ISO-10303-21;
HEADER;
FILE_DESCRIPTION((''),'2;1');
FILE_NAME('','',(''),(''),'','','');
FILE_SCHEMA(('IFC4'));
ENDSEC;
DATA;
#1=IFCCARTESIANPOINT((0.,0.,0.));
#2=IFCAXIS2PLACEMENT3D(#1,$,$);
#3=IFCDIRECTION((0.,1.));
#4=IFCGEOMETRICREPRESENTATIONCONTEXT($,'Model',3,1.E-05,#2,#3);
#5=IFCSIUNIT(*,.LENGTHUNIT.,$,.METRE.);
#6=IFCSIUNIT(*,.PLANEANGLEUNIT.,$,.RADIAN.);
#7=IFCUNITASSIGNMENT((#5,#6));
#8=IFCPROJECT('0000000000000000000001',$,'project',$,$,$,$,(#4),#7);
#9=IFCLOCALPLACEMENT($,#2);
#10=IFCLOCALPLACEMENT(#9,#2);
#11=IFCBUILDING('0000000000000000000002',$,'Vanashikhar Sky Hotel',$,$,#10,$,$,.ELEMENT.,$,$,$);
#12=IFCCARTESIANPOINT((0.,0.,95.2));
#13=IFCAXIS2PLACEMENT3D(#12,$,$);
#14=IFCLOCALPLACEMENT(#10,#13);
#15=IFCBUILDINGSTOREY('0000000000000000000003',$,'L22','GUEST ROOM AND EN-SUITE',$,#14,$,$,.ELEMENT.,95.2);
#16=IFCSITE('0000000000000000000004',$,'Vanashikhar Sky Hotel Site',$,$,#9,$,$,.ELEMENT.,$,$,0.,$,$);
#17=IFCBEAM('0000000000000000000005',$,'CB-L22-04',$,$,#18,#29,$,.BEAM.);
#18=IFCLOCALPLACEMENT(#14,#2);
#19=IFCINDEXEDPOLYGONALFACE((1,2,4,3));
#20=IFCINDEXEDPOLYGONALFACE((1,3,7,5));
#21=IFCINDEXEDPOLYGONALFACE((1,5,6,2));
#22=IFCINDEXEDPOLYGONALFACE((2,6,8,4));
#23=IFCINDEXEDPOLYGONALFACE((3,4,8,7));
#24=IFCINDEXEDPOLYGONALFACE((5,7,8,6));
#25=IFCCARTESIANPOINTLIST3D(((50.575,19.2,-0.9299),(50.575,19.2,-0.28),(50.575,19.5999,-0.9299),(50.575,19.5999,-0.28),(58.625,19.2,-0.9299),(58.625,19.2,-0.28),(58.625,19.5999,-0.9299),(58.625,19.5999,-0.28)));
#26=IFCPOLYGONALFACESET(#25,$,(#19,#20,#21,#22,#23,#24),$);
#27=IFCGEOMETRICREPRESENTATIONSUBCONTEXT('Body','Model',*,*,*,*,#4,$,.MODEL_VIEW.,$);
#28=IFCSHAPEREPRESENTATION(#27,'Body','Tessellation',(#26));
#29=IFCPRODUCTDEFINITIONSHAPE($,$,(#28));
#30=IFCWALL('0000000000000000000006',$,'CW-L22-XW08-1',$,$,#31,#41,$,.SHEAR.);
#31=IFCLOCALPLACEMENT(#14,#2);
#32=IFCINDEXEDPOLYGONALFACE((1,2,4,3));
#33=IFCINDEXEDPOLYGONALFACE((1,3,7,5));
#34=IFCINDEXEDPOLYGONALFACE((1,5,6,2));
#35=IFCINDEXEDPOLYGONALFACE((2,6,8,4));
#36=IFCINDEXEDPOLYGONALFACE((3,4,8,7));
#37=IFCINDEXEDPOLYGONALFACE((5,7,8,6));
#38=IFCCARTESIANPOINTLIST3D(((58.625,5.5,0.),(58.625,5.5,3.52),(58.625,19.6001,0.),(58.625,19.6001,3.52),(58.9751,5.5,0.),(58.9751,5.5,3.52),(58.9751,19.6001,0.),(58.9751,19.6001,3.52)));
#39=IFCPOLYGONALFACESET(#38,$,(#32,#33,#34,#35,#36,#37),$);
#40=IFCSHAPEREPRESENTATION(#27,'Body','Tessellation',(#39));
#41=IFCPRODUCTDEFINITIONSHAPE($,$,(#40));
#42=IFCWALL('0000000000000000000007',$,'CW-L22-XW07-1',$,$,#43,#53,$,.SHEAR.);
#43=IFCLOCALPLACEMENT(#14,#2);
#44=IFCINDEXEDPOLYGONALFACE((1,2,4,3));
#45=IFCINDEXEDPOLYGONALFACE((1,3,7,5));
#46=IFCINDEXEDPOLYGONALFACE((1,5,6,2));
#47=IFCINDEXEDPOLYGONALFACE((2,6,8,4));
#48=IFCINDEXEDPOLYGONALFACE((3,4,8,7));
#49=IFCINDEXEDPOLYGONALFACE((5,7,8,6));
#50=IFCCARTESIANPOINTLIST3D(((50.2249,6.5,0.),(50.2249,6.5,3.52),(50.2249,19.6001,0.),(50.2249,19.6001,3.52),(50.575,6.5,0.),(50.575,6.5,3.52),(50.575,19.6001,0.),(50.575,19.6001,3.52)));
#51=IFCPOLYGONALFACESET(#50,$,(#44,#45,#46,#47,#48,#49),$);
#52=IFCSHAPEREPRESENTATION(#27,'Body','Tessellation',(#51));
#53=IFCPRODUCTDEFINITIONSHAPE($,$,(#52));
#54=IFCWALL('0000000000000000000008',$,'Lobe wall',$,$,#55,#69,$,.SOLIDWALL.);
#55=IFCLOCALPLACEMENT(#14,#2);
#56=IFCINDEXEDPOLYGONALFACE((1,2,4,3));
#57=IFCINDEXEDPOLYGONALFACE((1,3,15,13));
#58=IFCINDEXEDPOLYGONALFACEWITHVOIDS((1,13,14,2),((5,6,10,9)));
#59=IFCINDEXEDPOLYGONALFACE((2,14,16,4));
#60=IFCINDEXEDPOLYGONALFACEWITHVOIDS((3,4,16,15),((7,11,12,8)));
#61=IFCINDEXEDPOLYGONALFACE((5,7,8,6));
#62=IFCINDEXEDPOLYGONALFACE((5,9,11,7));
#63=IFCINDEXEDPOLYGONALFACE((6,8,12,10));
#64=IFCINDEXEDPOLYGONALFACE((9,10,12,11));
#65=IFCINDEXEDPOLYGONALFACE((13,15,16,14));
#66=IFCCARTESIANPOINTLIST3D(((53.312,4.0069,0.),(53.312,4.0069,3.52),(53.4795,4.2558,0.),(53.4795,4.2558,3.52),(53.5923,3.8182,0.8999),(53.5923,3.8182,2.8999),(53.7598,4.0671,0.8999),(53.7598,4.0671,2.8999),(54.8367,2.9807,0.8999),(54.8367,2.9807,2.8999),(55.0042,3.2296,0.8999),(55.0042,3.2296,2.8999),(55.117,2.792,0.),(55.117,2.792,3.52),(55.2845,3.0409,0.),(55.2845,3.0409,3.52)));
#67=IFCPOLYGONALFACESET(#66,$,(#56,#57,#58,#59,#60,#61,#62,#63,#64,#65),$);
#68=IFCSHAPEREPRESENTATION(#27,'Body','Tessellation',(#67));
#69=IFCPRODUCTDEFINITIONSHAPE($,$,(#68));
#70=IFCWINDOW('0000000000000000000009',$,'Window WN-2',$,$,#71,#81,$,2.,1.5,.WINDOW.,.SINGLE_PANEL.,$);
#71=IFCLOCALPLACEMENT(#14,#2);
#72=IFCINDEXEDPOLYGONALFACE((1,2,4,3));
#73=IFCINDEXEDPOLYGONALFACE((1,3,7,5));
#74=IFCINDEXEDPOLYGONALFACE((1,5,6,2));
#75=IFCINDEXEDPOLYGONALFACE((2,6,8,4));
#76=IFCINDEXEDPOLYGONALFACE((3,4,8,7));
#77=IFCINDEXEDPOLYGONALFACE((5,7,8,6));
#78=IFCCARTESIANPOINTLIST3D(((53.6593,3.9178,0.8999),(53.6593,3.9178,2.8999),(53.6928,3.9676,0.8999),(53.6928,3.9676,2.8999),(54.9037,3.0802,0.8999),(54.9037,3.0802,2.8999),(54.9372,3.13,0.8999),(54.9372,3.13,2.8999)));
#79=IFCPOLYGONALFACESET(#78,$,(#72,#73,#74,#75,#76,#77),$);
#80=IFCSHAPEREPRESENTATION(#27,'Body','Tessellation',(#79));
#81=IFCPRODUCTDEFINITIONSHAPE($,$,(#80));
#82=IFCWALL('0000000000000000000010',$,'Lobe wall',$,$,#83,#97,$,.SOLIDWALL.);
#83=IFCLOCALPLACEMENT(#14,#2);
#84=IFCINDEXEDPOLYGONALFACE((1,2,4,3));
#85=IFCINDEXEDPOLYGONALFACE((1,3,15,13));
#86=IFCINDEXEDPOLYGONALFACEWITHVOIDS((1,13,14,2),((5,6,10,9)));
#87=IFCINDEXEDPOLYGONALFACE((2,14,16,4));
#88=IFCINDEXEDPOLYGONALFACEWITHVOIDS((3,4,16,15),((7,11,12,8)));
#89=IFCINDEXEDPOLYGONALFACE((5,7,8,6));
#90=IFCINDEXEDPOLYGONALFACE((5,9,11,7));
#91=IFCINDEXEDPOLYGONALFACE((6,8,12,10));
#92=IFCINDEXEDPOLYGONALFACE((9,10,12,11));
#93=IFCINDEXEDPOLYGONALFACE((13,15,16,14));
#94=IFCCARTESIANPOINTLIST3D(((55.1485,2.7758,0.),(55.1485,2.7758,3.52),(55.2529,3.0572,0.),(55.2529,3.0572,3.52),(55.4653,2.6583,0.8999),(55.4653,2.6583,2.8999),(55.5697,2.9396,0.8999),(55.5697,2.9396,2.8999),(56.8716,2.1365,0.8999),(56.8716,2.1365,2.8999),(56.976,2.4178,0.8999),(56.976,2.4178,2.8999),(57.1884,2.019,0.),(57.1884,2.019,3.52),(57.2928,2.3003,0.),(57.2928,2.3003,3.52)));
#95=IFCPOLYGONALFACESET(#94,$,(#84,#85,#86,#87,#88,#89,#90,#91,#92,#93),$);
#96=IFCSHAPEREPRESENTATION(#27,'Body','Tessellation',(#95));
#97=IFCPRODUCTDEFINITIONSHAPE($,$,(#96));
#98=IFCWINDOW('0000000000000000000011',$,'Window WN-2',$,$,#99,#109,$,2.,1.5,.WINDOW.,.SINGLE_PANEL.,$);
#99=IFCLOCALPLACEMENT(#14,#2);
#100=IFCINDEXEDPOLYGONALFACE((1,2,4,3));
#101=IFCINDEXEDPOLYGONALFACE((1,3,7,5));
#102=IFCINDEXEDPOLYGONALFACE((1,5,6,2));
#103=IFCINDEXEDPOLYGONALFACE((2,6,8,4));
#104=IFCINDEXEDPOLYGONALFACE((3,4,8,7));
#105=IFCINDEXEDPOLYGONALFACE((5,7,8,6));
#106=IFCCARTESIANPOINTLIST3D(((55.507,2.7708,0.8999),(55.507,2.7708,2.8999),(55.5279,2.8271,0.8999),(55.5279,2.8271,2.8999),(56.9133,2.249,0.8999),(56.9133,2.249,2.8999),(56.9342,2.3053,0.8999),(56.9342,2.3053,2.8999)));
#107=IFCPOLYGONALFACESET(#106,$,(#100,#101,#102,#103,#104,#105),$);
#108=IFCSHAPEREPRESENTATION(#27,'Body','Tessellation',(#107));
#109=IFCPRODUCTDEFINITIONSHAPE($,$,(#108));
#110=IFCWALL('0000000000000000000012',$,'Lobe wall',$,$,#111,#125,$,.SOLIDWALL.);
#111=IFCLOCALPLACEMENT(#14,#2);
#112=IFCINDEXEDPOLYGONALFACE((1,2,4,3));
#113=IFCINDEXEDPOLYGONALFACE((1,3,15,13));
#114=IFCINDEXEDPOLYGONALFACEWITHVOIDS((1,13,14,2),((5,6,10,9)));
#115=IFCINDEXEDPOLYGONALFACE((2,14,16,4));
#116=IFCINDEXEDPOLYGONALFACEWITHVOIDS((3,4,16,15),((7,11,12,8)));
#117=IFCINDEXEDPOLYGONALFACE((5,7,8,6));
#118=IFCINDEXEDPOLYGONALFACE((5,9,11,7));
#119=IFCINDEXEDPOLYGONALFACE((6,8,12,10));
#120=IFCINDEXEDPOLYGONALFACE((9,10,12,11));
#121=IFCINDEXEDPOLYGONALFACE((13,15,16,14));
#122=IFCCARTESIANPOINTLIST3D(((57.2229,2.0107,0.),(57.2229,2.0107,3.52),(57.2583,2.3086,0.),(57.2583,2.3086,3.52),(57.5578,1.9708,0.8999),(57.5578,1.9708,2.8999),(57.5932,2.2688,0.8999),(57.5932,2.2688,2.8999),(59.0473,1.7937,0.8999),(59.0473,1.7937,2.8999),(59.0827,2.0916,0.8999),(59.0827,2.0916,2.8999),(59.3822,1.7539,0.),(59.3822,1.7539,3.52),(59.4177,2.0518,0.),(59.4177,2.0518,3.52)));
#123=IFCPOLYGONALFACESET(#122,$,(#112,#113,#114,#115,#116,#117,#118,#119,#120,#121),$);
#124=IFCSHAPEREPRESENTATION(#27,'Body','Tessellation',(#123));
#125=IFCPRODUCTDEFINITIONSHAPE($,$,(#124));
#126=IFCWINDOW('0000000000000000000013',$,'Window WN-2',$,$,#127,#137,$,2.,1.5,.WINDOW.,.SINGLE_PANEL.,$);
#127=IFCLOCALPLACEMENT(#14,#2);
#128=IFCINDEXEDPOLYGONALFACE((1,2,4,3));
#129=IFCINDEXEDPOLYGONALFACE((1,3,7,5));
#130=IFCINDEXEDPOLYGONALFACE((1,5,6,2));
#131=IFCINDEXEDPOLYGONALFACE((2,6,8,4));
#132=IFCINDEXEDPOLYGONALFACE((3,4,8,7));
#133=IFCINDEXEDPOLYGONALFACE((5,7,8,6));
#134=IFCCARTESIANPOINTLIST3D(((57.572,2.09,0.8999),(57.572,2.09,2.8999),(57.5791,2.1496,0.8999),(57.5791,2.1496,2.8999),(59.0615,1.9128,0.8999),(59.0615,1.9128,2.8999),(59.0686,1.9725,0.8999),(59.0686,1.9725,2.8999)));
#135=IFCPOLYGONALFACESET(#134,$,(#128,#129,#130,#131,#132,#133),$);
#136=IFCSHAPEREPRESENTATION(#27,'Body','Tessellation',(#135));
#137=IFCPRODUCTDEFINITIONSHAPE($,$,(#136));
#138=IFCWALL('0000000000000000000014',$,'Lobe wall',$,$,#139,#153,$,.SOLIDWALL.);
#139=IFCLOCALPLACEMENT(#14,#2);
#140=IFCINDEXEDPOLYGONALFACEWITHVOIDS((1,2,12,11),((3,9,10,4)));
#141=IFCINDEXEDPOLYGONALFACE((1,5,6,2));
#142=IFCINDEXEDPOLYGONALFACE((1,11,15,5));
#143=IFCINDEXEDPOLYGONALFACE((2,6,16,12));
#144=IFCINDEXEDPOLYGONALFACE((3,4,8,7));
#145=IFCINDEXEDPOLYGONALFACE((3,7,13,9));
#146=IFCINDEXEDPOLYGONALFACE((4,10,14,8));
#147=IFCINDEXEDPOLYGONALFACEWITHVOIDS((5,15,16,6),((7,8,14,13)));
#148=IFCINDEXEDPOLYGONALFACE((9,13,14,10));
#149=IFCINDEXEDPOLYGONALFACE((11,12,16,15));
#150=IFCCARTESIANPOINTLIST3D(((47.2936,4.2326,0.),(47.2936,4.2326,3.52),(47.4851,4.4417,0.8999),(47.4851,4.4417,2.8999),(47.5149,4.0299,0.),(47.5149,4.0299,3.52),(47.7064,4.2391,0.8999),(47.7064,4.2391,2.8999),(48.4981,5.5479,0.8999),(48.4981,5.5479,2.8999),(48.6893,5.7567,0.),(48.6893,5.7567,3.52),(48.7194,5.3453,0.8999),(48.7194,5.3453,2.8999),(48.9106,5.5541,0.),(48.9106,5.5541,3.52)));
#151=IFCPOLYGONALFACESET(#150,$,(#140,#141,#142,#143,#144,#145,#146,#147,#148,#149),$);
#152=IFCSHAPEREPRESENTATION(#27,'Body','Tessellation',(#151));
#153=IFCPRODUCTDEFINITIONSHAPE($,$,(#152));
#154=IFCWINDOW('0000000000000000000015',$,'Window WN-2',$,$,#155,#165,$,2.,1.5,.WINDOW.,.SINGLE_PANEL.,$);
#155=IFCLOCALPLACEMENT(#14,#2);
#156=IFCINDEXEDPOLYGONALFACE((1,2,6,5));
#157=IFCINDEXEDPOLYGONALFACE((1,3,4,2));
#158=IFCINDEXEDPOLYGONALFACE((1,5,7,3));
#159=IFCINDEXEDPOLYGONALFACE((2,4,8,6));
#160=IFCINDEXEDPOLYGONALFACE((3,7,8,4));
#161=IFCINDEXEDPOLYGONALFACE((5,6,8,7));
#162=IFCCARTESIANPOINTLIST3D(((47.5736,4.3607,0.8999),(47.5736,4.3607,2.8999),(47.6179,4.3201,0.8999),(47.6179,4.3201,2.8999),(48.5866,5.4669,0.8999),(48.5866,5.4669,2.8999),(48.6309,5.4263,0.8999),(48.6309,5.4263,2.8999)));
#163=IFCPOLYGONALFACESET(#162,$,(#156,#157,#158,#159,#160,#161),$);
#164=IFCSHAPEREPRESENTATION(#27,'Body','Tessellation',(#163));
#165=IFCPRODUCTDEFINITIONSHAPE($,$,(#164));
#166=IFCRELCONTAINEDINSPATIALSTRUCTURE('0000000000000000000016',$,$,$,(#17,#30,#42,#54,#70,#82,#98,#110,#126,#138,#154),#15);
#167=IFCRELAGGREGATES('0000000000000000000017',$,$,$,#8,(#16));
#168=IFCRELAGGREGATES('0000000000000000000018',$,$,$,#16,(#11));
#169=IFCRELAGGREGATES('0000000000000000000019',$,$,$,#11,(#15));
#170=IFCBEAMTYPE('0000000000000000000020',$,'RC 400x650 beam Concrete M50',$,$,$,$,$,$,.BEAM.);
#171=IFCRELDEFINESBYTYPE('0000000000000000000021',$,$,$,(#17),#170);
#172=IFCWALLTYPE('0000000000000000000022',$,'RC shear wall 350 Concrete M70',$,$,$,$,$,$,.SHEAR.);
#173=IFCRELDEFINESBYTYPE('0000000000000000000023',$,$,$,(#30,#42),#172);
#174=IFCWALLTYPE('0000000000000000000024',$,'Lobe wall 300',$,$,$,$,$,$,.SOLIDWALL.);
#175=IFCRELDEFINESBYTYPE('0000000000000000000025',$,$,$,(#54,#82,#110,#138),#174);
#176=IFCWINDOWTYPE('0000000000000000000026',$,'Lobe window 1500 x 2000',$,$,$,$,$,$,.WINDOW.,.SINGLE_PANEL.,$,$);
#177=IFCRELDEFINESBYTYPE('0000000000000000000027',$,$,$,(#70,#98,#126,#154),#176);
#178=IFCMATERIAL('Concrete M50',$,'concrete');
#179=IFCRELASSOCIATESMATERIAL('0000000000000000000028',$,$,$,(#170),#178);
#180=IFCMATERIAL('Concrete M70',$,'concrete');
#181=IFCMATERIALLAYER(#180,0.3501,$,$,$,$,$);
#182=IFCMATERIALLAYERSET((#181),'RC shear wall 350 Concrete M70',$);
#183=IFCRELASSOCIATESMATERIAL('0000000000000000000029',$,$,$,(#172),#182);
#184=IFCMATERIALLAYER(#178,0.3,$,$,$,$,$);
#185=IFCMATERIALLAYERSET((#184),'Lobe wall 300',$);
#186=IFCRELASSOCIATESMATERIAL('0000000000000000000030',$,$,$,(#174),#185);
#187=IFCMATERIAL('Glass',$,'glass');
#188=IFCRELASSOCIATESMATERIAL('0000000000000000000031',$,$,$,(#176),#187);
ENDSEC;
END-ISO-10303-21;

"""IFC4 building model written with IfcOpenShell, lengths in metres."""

from ifc_helpers import new_model, si_unit, direction, frame, frame_2d, origin, origin_2d, place, context, subcontext, project, spatial, rectangle, extrude, source, transform, mapped, material, layer, layer_set, material_profile, profile_set, type_object, element, fill, save


model = new_model("IFC4")

# Units and contexts
model_context = context("Model", 3, precision=1e-05, world=origin(), true_north=direction((0.0, 1.0)))
body_context = subcontext(model_context, "Body", "Model", "MODEL_VIEW")
ifc_project = project(units=[si_unit("LENGTHUNIT", "METRE"), si_unit("PLANEANGLEUNIT", "RADIAN")], contexts=[model_context])

# Site, building, storey
site_placement = place(None, origin())
site = spatial("IfcSite", under=ifc_project, at=site_placement, Name="Vanashikhar Sky Hotel Site", CompositionType="ELEMENT", RefElevation=0.0)
building_placement = place(site_placement, origin())
building = spatial("IfcBuilding", under=site, at=building_placement, Name="Vanashikhar Sky Hotel", CompositionType="ELEMENT")
storey_placement = place(building_placement, frame((0.0, 0.0, 95.2)))
storey = spatial("IfcBuildingStorey", under=building, at=storey_placement, Name="L22", Description="GUEST ROOM AND EN-SUITE", CompositionType="ELEMENT", Elevation=95.2)

# Beam
ifc_material_1 = material(Name="Concrete M50", Category="concrete")
ifc_material_profile_1 = material_profile(ifc_material_1, rectangle(XDim=0.3999, YDim=0.6499, at=origin_2d()))
ifc_profile_set_1 = profile_set([ifc_material_profile_1], Name="RC 400x650 beam Concrete M50")
beam_type = type_object("IfcBeamType", Name="RC 400x650 beam Concrete M50", PredefinedType="BEAM", material=ifc_profile_set_1)
shared_shape_1 = source(origin(), body_context, "Body", "SweptSolid", [
    extrude(rectangle(XDim=0.3999, YDim=0.6499, at=origin_2d()), origin(), (0.0, 0.0, 1.0), 8.05),
])
beam_placement = place(storey_placement, frame((50.575, 19.3999, -0.605), z_axis=(1.0, 0.0, 0.0), x_axis=(0.0, 1.0, 0.0)))
element("IfcBeam", 1, at=beam_placement, inside=storey, type_object=beam_type, Name="CB-L22-04", PredefinedType="BEAM", context=body_context, shape_type="MappedRepresentation", body=[
    mapped(shared_shape_1, transform((0.0, 0.0, 0.0), scale=1.0)),
])

# Walls
ifc_material_2 = material(Name="Concrete M70", Category="concrete")
ifc_layer_1 = layer(ifc_material_2, 0.3501)
ifc_layer_set_1 = layer_set([ifc_layer_1], Name="RC shear wall 350 Concrete M70")
wall_type_1 = type_object("IfcWallType", Name="RC shear wall 350 Concrete M70", PredefinedType="SHEAR", material=ifc_layer_set_1)
shared_shape_2 = source(origin(), body_context, "Body", "SweptSolid", [
    extrude(rectangle(XDim=14.1001, YDim=0.3501, at=frame_2d((7.05, 0.0))), origin(), (0.0, 0.0, 1.0), 3.52),
])
wall_1_placement = place(storey_placement, frame((58.8, 5.5, 0.0), z_axis=(0.0, 0.0, 1.0), x_axis=(0.0, 1.0, 0.0)))
element("IfcWall", 2, at=wall_1_placement, inside=storey, type_object=wall_type_1, Name="CW-L22-XW08-1", PredefinedType="SHEAR", context=body_context, shape_type="MappedRepresentation", body=[
    mapped(shared_shape_2, transform((0.0, 0.0, 0.0), scale=1.0)),
])
shared_shape_3 = source(origin(), body_context, "Body", "SweptSolid", [
    extrude(rectangle(XDim=13.1001, YDim=0.3501, at=frame_2d((6.55, 0.0))), origin(), (0.0, 0.0, 1.0), 3.52),
])
wall_2_placement = place(storey_placement, frame((50.3999, 6.5, 0.0), z_axis=(0.0, 0.0, 1.0), x_axis=(0.0, 1.0, 0.0)))
element("IfcWall", 3, at=wall_2_placement, inside=storey, type_object=wall_type_1, Name="CW-L22-XW07-1", PredefinedType="SHEAR", context=body_context, shape_type="MappedRepresentation", body=[
    mapped(shared_shape_3, transform((0.0, 0.0, 0.0), scale=1.0)),
])

# Walls, openings, windows
ifc_layer_2 = layer(ifc_material_1, 0.3)
ifc_layer_set_2 = layer_set([ifc_layer_2], Name="Lobe wall 300")
wall_type_2 = type_object("IfcWallType", Name="Lobe wall 300", PredefinedType="SOLIDWALL", material=ifc_layer_set_2)
shared_shape_4 = source(origin(), body_context, "Body", "SweptSolid", [
    extrude(rectangle(XDim=2.1758, YDim=0.3, at=frame_2d((1.0879, 0.0))), origin(), (0.0, 0.0, 1.0), 3.52),
])
wall_3_placement = place(storey_placement, frame((53.3958, 4.1313, 0.0), z_axis=(0.0, 0.0, 1.0), x_axis=(0.829591, -0.558372, 0.0)))
wall_3 = element("IfcWall", 4, at=wall_3_placement, inside=storey, type_object=wall_type_2, Name="Lobe wall", PredefinedType="SOLIDWALL", context=body_context, shape_type="MappedRepresentation", body=[
    mapped(shared_shape_4, transform((0.0, 0.0, 0.0), scale=1.0)),
])
shared_shape_5 = source(origin(), body_context, "Body", "SweptSolid", [
    extrude(rectangle(XDim=1.5, YDim=2.0, at=frame_2d((0.75, 1.0))), frame((0.0, 0.1602, 0.0), z_axis=(0.0, -1.0, 0.0), x_axis=(1.0, 0.0, 0.0)), (0.0, 0.0, 1.0), 0.3201),
])
opening_1_placement = place(wall_3_placement, frame((0.3379, 0.0, 0.8999)))
opening_1 = element("IfcOpeningElement", 5, at=opening_1_placement, cuts=wall_3, PredefinedType="OPENING", context=body_context, shape_type="MappedRepresentation", body=[
    mapped(shared_shape_5, transform((0.0, 0.0, 0.0), scale=1.0)),
])
ifc_material_3 = material(Name="Glass", Category="glass")
window_type = type_object("IfcWindowType", Name="Lobe window 1500 x 2000", PartitioningType="SINGLE_PANEL", PredefinedType="WINDOW", material=ifc_material_3)
shared_shape_6 = source(origin(), body_context, "Body", "SweptSolid", [
    extrude(rectangle(XDim=1.5, YDim=2.0, at=frame_2d((0.75, 1.0))), frame((0.0, 0.03, 0.0), z_axis=(0.0, -1.0, 0.0), x_axis=(1.0, 0.0, 0.0)), (0.0, 0.0, 1.0), 0.0601),
])
window_1_placement = place(opening_1_placement, origin())
window_1 = element("IfcWindow", 6, at=window_1_placement, inside=storey, type_object=window_type, Name="Window WN-2", OverallHeight=2.0, OverallWidth=1.5, PartitioningType="SINGLE_PANEL", PredefinedType="WINDOW", context=body_context, shape_type="MappedRepresentation", body=[
    mapped(shared_shape_6, transform((0.0, 0.0, 0.0), scale=1.0)),
])
fill(opening_1, window_1)
wall_4_placement = place(storey_placement, frame((55.2007, 2.9165, 0.0), z_axis=(0.0, 0.0, 1.0), x_axis=(0.937546, -0.347863, 0.0)))
wall_4 = element("IfcWall", 7, at=wall_4_placement, inside=storey, type_object=wall_type_2, Name="Lobe wall", PredefinedType="SOLIDWALL", context=body_context, shape_type="MappedRepresentation", body=[
    mapped(shared_shape_4, transform((0.0, 0.0, 0.0), scale=1.0)),
])
opening_2_placement = place(wall_4_placement, frame((0.3379, 0.0, 0.8999)))
opening_2 = element("IfcOpeningElement", 8, at=opening_2_placement, cuts=wall_4, PredefinedType="OPENING", context=body_context, shape_type="MappedRepresentation", body=[
    mapped(shared_shape_5, transform((0.0, 0.0, 0.0), scale=1.0)),
])
window_2_placement = place(opening_2_placement, origin())
window_2 = element("IfcWindow", 9, at=window_2_placement, inside=storey, type_object=window_type, Name="Window WN-2", OverallHeight=2.0, OverallWidth=1.5, PartitioningType="SINGLE_PANEL", PredefinedType="WINDOW", context=body_context, shape_type="MappedRepresentation", body=[
    mapped(shared_shape_6, transform((0.0, 0.0, 0.0), scale=1.0)),
])
fill(opening_2, window_2)
shared_shape_7 = source(origin(), body_context, "Body", "SweptSolid", [
    extrude(rectangle(XDim=2.1746, YDim=0.3, at=frame_2d((1.0874, 0.0))), origin(), (0.0, 0.0, 1.0), 3.52),
])
wall_5_placement = place(storey_placement, frame((57.2405, 2.1597, 0.0), z_axis=(0.0, 0.0, 1.0), x_axis=(0.993001, -0.118105, 0.0)))
wall_5 = element("IfcWall", 10, at=wall_5_placement, inside=storey, type_object=wall_type_2, Name="Lobe wall", PredefinedType="SOLIDWALL", context=body_context, shape_type="MappedRepresentation", body=[
    mapped(shared_shape_7, transform((0.0, 0.0, 0.0), scale=1.0)),
])
opening_3_placement = place(wall_5_placement, frame((0.3374, 0.0, 0.8999)))
opening_3 = element("IfcOpeningElement", 11, at=opening_3_placement, cuts=wall_5, PredefinedType="OPENING", context=body_context, shape_type="MappedRepresentation", body=[
    mapped(shared_shape_5, transform((0.0, 0.0, 0.0), scale=1.0)),
])
window_3_placement = place(opening_3_placement, origin())
window_3 = element("IfcWindow", 12, at=window_3_placement, inside=storey, type_object=window_type, Name="Window WN-2", OverallHeight=2.0, OverallWidth=1.5, PartitioningType="SINGLE_PANEL", PredefinedType="WINDOW", context=body_context, shape_type="MappedRepresentation", body=[
    mapped(shared_shape_6, transform((0.0, 0.0, 0.0), scale=1.0)),
])
fill(opening_3, window_3)
shared_shape_8 = source(origin(), body_context, "Body", "SweptSolid", [
    extrude(rectangle(XDim=2.0667, YDim=0.3, at=frame_2d((1.0332, 0.0))), origin(), (0.0, 0.0, 1.0), 3.52),
])
wall_6_placement = place(storey_placement, frame((47.4043, 4.1313, 0.0), z_axis=(0.0, 0.0, 1.0), x_axis=(0.675355, 0.737492, 0.0)))
wall_6 = element("IfcWall", 13, at=wall_6_placement, inside=storey, type_object=wall_type_2, Name="Lobe wall", PredefinedType="SOLIDWALL", context=body_context, shape_type="MappedRepresentation", body=[
    mapped(shared_shape_8, transform((0.0, 0.0, 0.0), scale=1.0)),
])
opening_4_placement = place(wall_6_placement, frame((0.2834, 0.0, 0.8999)))
opening_4 = element("IfcOpeningElement", 14, at=opening_4_placement, cuts=wall_6, PredefinedType="OPENING", context=body_context, shape_type="MappedRepresentation", body=[
    mapped(shared_shape_5, transform((0.0, 0.0, 0.0), scale=1.0)),
])
window_4_placement = place(opening_4_placement, origin())
window_4 = element("IfcWindow", 15, at=window_4_placement, inside=storey, type_object=window_type, Name="Window WN-2", OverallHeight=2.0, OverallWidth=1.5, PartitioningType="SINGLE_PANEL", PredefinedType="WINDOW", context=body_context, shape_type="MappedRepresentation", body=[
    mapped(shared_shape_6, transform((0.0, 0.0, 0.0), scale=1.0)),
])
fill(opening_4, window_4)

save(model, "model.ifc")
